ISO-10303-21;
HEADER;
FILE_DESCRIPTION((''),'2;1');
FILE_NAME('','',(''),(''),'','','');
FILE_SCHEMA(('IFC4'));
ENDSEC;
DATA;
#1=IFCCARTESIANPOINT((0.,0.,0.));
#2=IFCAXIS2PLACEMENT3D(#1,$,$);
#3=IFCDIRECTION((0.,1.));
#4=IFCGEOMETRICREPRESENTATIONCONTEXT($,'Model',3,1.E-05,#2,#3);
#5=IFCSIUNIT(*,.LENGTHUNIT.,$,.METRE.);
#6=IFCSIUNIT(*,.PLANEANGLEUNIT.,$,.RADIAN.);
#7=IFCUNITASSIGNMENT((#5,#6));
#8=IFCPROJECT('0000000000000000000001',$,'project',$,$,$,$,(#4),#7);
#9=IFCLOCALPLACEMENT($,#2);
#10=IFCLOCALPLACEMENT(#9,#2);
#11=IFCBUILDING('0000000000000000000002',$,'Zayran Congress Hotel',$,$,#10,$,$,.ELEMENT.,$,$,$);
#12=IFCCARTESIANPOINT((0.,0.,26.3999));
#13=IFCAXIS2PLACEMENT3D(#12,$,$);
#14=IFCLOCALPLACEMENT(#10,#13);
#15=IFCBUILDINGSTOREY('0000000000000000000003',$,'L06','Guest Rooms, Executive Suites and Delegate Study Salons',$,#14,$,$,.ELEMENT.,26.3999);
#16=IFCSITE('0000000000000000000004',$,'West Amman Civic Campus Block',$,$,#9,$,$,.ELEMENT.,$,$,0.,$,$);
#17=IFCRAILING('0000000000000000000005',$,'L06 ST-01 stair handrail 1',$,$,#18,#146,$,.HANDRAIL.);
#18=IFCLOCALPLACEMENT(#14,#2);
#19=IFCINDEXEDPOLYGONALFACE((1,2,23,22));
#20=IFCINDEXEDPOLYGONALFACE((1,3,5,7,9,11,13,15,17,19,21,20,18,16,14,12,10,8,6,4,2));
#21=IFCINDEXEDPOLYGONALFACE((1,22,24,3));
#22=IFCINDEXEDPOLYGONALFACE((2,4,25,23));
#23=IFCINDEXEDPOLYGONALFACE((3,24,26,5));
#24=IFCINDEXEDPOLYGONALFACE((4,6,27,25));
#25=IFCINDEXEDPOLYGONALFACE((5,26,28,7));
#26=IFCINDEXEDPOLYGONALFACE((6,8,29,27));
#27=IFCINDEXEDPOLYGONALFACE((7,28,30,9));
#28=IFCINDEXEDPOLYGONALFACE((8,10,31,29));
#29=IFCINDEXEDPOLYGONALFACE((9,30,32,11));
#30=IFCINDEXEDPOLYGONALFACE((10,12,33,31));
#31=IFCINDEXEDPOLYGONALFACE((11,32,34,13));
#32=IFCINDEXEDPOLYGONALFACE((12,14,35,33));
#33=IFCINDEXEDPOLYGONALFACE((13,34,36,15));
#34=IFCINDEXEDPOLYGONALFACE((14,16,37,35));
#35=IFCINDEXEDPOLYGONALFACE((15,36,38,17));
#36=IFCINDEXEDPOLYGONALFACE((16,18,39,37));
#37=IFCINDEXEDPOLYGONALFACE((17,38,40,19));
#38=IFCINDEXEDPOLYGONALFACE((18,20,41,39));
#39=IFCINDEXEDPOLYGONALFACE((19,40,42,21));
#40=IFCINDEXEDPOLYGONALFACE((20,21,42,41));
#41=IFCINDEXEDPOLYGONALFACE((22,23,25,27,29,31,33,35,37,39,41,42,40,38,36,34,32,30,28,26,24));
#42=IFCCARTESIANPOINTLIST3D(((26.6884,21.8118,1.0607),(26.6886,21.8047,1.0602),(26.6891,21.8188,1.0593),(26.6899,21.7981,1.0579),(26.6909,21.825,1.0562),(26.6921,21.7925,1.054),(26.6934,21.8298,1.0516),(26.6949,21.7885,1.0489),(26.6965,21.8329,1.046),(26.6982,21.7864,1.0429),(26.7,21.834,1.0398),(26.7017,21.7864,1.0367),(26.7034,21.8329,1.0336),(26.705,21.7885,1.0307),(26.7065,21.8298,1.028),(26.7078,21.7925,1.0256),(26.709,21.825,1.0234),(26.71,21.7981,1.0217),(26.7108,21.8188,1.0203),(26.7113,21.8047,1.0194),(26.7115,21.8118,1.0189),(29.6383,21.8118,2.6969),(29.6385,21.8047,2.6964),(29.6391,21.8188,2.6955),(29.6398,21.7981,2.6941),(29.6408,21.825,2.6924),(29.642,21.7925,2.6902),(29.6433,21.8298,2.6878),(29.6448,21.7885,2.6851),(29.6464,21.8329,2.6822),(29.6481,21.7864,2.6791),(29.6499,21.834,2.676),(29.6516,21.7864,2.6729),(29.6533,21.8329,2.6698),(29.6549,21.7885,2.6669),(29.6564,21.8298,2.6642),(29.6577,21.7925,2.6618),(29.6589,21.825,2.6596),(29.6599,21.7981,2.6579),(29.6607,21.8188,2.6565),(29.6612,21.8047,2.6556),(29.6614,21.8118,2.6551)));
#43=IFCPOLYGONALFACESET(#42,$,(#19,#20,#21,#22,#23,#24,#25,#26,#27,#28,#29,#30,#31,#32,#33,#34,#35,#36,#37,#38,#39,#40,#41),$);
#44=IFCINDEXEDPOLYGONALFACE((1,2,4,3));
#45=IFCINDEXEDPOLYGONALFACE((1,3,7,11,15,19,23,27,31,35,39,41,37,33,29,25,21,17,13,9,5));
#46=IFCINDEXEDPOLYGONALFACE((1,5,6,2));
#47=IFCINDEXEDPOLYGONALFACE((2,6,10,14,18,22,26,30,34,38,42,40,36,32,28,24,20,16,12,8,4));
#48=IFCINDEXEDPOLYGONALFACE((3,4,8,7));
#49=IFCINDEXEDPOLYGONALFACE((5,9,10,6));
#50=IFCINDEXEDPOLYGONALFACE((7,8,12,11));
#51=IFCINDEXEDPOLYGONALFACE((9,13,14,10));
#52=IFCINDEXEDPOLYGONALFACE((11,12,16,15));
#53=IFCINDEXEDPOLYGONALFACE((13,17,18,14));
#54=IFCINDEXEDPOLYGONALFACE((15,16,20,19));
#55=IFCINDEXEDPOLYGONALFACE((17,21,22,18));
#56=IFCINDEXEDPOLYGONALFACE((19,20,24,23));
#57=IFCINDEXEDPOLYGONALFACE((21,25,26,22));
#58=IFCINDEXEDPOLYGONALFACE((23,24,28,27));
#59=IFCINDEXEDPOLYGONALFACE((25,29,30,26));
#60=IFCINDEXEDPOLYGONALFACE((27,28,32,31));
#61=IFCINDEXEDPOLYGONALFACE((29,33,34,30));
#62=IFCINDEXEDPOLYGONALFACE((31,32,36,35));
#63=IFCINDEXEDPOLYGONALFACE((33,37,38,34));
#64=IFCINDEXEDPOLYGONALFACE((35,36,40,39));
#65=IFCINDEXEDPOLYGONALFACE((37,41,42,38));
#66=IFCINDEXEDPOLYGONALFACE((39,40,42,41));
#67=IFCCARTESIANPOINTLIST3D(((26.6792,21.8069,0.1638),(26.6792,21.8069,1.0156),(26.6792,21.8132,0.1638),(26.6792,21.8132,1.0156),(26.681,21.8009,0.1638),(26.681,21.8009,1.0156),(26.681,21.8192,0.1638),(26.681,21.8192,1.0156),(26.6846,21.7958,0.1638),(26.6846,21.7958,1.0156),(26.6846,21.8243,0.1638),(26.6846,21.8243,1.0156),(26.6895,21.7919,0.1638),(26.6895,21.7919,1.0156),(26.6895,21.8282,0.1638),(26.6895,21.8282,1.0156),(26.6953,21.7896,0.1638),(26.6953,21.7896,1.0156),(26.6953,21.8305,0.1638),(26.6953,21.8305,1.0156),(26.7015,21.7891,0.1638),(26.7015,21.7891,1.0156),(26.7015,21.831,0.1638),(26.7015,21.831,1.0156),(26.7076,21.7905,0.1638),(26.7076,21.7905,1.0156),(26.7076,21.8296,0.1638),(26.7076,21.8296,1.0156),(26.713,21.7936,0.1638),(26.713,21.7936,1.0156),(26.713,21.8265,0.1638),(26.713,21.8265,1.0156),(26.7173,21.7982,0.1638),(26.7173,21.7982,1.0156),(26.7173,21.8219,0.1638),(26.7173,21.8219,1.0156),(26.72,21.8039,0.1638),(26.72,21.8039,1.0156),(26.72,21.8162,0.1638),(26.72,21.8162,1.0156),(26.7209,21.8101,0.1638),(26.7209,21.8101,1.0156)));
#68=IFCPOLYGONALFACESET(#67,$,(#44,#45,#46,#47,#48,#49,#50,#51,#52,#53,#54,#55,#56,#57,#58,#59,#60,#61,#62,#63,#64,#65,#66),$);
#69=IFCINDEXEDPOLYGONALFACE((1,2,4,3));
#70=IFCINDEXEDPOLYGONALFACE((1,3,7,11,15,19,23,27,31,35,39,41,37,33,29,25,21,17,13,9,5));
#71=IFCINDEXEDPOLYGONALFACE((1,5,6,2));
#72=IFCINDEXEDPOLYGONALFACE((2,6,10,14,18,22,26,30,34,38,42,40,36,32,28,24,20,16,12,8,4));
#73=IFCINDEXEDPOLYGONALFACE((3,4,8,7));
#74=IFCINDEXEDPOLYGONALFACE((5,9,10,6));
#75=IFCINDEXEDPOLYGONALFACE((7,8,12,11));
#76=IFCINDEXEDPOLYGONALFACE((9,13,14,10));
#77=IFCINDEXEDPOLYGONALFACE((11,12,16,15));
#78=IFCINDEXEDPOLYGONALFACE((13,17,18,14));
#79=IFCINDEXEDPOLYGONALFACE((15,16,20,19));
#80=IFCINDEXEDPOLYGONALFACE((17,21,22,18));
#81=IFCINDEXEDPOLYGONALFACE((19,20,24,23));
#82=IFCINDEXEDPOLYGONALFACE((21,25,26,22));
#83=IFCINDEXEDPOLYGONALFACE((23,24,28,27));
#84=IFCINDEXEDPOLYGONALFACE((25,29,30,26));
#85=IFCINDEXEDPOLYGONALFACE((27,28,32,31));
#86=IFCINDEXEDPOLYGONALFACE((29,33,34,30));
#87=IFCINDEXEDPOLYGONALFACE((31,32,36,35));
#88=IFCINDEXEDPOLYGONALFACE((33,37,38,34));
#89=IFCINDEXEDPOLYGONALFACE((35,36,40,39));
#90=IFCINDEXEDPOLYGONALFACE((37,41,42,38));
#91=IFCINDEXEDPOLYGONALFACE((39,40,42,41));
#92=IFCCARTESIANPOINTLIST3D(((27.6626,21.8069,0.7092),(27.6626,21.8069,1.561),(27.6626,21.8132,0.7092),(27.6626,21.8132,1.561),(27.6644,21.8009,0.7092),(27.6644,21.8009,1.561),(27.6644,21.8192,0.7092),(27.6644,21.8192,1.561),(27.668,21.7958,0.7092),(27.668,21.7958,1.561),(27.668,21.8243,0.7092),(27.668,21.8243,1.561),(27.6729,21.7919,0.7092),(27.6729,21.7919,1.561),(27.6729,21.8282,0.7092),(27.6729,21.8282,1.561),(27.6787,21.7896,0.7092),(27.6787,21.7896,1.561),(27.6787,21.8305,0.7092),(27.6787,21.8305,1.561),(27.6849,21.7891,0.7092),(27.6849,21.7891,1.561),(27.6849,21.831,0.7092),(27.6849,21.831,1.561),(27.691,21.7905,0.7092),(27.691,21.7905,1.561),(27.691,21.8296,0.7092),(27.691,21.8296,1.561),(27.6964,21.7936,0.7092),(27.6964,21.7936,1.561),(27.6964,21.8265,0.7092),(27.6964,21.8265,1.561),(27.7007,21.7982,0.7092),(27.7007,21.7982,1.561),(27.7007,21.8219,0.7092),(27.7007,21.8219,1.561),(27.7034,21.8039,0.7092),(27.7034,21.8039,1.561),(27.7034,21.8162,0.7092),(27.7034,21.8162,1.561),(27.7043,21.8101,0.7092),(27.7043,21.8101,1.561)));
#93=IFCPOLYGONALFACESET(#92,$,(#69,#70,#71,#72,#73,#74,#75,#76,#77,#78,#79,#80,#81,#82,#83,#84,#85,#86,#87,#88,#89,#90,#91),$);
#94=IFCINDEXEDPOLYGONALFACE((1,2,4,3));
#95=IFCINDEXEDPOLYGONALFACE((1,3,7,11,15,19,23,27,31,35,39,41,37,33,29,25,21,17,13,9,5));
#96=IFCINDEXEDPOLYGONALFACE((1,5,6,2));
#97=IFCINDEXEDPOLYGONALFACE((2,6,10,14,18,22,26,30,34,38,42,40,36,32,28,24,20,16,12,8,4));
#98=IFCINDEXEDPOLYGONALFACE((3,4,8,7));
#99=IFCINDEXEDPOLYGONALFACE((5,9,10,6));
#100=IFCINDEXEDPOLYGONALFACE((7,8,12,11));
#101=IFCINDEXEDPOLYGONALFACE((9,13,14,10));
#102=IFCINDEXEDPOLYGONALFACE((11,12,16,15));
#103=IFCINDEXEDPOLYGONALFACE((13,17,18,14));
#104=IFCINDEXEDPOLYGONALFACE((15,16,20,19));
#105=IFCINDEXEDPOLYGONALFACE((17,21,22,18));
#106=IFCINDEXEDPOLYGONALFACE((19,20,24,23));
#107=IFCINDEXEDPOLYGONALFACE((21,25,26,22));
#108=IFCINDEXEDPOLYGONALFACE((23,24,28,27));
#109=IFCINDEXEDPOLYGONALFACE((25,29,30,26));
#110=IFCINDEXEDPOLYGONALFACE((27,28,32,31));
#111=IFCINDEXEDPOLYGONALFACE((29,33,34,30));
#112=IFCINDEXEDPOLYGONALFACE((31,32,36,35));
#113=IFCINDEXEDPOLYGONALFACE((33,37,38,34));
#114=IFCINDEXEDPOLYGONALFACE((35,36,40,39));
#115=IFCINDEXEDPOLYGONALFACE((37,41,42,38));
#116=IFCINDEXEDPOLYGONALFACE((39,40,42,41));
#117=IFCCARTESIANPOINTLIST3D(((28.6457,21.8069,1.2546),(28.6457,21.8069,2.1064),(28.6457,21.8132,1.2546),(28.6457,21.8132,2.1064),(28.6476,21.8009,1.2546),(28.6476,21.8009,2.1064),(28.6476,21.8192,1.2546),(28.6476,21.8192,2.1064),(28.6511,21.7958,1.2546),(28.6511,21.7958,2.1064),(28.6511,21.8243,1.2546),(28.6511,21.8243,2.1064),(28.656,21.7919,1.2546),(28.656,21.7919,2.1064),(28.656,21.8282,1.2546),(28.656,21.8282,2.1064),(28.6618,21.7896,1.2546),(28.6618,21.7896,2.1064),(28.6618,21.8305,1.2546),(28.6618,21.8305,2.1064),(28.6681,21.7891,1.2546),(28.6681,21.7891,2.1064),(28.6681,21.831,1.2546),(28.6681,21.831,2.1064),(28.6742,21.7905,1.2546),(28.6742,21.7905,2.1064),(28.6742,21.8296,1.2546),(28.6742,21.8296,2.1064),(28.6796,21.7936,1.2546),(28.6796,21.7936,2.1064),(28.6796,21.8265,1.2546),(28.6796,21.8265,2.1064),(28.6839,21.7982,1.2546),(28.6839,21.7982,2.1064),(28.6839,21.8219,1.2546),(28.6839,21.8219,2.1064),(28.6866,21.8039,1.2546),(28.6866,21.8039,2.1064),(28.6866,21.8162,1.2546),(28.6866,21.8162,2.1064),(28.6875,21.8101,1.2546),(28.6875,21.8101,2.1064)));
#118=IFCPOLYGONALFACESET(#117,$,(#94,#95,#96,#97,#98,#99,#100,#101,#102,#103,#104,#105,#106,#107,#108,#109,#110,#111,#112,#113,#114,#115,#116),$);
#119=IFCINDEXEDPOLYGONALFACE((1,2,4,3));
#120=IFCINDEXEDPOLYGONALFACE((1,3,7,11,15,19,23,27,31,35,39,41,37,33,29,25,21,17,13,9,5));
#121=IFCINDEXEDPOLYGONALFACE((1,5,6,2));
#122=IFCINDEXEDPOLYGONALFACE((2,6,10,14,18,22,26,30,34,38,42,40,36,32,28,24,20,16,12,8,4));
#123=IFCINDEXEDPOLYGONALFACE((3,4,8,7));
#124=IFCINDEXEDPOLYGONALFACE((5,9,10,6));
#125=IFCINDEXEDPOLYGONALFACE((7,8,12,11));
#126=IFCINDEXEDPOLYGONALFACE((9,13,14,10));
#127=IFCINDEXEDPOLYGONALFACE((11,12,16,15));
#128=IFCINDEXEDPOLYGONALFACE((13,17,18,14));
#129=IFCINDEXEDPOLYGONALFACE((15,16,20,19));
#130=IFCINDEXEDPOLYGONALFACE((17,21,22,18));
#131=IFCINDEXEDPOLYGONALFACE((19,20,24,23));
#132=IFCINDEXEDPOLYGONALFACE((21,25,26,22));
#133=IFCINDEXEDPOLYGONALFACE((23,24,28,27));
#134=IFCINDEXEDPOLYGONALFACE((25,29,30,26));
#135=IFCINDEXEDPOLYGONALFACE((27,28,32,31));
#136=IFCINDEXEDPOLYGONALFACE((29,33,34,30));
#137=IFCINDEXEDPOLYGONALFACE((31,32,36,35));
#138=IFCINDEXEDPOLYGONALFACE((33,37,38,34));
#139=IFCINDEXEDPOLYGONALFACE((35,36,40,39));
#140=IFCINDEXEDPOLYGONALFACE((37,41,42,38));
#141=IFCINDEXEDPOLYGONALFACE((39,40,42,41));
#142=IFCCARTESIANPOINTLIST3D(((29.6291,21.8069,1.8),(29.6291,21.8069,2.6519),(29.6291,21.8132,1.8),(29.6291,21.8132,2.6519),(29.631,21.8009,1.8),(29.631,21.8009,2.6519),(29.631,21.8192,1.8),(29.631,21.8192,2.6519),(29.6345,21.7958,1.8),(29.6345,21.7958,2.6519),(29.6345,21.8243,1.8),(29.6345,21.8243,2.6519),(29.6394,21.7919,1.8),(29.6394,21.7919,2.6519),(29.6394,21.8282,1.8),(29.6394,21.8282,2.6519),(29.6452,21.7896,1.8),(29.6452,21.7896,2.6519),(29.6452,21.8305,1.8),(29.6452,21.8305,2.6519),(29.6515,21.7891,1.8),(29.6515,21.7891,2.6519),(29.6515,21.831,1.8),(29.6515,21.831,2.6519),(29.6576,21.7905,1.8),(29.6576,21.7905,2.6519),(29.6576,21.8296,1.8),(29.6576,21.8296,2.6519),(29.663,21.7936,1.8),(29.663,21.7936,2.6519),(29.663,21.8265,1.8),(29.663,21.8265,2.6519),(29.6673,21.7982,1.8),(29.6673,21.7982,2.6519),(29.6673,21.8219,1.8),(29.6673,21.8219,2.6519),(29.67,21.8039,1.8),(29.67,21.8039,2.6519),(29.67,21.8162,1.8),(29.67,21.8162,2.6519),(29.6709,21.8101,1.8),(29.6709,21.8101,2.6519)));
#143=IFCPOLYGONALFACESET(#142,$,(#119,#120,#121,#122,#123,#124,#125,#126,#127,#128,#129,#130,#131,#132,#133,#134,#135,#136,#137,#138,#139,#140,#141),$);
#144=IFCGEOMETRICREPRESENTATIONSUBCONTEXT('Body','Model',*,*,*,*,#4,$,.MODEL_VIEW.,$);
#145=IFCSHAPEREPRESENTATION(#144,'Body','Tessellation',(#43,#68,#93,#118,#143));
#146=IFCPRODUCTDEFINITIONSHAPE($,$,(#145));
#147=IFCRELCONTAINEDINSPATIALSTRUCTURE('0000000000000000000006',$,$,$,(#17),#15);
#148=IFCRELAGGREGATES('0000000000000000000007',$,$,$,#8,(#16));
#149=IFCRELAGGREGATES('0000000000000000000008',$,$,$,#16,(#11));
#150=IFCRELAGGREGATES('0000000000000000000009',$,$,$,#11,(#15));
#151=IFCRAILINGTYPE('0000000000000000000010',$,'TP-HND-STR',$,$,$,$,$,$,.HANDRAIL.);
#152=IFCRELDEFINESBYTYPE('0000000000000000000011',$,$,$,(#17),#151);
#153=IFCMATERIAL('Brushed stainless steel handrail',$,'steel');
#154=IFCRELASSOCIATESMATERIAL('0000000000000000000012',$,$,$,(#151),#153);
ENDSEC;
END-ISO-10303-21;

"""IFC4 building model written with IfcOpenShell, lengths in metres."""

from ifc_helpers import new_model, si_unit, direction, frame, origin, origin_2d, place, context, subcontext, project, spatial, circle, extrude, material, type_object, element, save


model = new_model("IFC4")

# Units and contexts
model_context = context("Model", 3, precision=1e-05, world=origin(), true_north=direction((0.0, 1.0)))
body_context = subcontext(model_context, "Body", "Model", "MODEL_VIEW")
ifc_project = project(units=[si_unit("LENGTHUNIT", "METRE"), si_unit("PLANEANGLEUNIT", "RADIAN")], contexts=[model_context])

# Site, building, storey
site_placement = place(None, origin())
site = spatial("IfcSite", under=ifc_project, at=site_placement, Name="West Amman Civic Campus Block", CompositionType="ELEMENT", RefElevation=0.0)
building_placement = place(site_placement, origin())
building = spatial("IfcBuilding", under=site, at=building_placement, Name="Zayran Congress Hotel", CompositionType="ELEMENT")
storey_placement = place(building_placement, frame((0.0, 0.0, 26.3999)))
storey = spatial("IfcBuildingStorey", under=building, at=storey_placement, Name="L06", Description="Guest Rooms, Executive Suites and Delegate Study Salons", CompositionType="ELEMENT", Elevation=26.3999)

# Railing
ifc_material_1 = material(Name="Brushed stainless steel handrail", Category="steel")
railing_type_1 = type_object("IfcRailingType", Name="TP-HND-STR", PredefinedType="HANDRAIL", material=ifc_material_1)
railing_1_placement = place(storey_placement, frame((26.7, 21.8101, 0.1638)))
element("IfcRailing", 1, at=railing_1_placement, inside=storey, type_object=railing_type_1, Name="L06 ST-01 stair handrail 1", PredefinedType="HANDRAIL", context=body_context, shape_type="SweptSolid", body=[
    extrude(circle(Radius=0.0239, at=origin_2d()), frame((0.0, 0.0, 0.876), z_axis=(0.874488, 0.0, 0.485047), x_axis=(0.0, 1.0, 0.0)), (0.0, 0.0, 1.0), 3.3733),
    extrude(circle(Radius=0.021, at=origin_2d()), origin(), (0.0, 0.0, 1.0), 0.8518),
    extrude(circle(Radius=0.021, at=origin_2d()), frame((0.9834, 0.0, 0.5454)), (0.0, 0.0, 1.0), 0.8518),
    extrude(circle(Radius=0.021, at=origin_2d()), frame((1.9666, 0.0, 1.0908)), (0.0, 0.0, 1.0), 0.8518),
    extrude(circle(Radius=0.021, at=origin_2d()), frame((2.95, 0.0, 1.6362)), (0.0, 0.0, 1.0), 0.8518),
])

save(model, "model.ifc")
